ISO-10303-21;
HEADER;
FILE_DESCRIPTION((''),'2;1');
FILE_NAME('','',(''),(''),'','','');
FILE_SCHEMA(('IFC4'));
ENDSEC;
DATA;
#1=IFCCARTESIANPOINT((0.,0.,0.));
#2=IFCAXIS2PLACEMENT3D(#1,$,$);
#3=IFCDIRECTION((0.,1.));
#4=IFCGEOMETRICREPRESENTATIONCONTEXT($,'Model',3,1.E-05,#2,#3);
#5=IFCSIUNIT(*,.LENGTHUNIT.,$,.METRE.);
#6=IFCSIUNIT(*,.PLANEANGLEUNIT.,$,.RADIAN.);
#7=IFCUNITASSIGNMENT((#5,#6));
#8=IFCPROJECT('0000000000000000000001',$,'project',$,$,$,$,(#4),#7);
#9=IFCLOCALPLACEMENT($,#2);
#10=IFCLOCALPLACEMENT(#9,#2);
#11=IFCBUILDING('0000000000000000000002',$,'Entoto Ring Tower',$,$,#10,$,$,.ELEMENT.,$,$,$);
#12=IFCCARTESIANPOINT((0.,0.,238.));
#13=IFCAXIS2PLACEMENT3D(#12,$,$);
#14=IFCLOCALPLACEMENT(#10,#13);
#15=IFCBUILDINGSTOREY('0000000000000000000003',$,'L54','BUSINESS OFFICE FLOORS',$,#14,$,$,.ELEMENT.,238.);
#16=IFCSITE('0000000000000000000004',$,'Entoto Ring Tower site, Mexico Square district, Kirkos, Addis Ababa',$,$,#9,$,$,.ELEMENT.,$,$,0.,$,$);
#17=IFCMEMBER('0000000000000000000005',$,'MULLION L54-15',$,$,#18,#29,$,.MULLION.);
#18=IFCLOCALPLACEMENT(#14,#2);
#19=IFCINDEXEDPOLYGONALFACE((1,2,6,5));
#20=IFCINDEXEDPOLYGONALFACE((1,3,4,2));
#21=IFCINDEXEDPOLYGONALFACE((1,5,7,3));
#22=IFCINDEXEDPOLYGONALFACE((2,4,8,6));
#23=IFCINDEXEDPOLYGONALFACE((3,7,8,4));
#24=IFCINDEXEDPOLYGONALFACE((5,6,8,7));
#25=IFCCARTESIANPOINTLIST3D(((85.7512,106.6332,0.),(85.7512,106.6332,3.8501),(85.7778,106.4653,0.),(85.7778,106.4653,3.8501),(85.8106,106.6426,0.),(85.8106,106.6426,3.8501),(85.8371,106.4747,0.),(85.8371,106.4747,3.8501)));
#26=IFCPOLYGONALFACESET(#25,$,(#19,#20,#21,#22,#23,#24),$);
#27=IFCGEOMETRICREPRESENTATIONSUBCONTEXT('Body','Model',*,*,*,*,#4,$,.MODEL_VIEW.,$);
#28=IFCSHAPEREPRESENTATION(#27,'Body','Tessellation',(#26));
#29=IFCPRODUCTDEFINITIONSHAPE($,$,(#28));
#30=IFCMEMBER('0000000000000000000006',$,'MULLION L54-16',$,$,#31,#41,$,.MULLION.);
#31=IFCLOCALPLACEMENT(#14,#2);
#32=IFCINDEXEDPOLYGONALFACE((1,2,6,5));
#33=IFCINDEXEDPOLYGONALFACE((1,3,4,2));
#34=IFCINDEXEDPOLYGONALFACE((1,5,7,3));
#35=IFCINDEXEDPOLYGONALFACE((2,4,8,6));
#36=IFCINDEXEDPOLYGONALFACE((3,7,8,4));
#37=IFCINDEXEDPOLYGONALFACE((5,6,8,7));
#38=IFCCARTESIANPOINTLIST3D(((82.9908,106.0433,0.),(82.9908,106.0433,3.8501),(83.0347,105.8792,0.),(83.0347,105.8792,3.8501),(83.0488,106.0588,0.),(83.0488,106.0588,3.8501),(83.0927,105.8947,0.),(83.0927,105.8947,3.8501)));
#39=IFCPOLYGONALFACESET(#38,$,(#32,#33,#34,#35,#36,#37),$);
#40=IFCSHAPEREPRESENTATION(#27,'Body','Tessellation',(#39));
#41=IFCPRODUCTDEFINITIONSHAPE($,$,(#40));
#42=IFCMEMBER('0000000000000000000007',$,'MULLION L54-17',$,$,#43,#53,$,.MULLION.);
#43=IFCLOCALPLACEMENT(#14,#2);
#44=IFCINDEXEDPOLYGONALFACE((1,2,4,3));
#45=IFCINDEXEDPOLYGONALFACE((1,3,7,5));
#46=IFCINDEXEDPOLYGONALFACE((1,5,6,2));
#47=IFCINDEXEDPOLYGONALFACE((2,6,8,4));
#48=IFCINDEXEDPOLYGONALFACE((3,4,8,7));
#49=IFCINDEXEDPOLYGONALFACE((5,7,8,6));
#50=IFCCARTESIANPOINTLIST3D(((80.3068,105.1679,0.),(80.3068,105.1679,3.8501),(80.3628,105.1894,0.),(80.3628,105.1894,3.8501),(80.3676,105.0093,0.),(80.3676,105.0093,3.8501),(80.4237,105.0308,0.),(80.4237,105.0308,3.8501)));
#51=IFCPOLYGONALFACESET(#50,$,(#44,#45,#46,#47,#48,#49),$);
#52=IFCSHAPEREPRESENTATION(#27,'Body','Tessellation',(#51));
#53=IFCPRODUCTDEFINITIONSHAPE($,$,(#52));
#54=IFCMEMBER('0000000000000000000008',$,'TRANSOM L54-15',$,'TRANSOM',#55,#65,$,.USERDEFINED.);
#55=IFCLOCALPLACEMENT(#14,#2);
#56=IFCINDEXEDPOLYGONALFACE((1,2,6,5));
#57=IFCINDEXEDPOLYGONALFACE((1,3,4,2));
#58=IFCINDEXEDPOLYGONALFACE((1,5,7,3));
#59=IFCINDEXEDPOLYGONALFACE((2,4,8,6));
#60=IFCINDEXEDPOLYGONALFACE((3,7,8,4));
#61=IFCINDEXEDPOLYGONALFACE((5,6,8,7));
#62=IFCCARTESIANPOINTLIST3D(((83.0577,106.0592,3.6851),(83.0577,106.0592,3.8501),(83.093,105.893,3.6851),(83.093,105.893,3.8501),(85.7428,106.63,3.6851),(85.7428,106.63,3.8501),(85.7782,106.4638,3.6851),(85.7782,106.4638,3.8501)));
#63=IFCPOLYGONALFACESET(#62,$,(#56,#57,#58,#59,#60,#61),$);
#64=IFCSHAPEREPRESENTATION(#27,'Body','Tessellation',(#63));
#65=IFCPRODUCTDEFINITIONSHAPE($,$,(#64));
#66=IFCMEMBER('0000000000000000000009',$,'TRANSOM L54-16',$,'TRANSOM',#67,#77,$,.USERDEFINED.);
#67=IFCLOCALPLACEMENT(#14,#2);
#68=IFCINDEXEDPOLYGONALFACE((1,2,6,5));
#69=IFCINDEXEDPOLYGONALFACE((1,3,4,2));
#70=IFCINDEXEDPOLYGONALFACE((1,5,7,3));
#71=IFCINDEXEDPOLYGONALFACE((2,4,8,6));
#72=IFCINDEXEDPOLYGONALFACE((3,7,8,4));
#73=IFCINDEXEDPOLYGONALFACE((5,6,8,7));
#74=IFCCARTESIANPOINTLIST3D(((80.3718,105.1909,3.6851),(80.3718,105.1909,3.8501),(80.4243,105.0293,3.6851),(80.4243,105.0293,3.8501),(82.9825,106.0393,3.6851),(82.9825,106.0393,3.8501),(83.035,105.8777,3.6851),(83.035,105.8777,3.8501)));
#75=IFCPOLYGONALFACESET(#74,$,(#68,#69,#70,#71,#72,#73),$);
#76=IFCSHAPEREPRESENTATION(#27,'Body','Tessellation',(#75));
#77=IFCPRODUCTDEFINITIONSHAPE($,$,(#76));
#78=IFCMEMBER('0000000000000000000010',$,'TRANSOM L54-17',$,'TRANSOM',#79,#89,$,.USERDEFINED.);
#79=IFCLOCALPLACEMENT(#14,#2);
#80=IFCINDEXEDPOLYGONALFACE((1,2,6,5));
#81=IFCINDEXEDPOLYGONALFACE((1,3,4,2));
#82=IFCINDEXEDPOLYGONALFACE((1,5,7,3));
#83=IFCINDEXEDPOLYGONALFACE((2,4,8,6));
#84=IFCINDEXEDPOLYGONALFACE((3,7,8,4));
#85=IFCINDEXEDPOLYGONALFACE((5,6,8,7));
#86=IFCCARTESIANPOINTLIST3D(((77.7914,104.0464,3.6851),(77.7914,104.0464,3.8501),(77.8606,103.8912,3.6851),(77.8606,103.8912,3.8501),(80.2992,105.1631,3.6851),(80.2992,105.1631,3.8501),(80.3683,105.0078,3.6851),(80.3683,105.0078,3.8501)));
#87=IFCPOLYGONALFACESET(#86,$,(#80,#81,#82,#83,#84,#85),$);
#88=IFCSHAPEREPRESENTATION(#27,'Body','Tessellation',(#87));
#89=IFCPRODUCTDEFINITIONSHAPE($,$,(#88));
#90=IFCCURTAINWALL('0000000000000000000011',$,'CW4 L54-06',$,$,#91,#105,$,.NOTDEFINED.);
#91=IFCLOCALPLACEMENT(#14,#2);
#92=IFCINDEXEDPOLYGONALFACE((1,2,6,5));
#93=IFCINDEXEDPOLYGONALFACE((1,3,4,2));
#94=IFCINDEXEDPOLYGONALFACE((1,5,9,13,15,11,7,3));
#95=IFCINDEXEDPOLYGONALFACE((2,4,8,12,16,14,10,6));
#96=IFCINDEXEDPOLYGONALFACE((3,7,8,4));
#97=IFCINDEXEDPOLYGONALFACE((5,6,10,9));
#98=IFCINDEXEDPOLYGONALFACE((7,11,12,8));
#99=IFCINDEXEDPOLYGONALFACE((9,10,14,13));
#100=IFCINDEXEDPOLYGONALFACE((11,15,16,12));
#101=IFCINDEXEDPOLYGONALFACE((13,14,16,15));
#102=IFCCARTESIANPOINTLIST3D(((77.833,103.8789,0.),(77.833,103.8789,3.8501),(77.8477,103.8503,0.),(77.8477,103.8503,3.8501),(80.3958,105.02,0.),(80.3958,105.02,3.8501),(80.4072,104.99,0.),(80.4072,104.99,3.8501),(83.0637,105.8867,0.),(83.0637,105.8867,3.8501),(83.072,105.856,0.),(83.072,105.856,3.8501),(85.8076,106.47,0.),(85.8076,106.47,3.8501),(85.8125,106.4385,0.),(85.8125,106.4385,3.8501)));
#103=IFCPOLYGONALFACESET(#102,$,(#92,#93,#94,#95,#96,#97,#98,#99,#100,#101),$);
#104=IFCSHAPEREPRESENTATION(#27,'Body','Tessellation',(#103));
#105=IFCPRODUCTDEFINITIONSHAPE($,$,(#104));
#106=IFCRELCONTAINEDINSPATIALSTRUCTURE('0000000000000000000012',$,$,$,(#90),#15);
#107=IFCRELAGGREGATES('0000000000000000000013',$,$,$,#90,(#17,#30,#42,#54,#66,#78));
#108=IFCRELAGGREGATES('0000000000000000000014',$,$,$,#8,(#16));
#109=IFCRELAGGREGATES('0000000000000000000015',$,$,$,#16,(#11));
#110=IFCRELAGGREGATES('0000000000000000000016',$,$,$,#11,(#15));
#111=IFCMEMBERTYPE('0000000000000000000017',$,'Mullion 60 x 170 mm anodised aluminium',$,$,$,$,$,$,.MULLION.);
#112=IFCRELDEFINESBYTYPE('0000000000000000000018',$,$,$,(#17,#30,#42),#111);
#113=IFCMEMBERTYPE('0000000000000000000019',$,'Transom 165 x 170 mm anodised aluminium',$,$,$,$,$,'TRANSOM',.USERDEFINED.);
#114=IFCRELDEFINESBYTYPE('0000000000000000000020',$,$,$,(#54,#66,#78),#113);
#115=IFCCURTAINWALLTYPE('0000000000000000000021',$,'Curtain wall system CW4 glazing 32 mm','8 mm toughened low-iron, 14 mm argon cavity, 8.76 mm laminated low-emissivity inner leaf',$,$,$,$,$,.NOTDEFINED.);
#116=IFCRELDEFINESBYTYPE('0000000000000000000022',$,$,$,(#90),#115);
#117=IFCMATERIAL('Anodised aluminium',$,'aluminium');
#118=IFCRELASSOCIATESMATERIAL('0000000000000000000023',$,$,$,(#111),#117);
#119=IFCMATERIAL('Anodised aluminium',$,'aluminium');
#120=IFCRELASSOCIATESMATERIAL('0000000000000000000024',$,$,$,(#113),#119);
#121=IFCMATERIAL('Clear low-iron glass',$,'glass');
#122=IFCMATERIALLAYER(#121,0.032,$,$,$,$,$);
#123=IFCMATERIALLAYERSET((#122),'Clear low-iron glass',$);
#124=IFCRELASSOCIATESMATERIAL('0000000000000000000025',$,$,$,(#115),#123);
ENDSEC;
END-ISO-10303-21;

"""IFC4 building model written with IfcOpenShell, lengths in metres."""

from ifc_helpers import new_model, si_unit, direction, frame, origin, origin_2d, place, context, subcontext, project, spatial, polyline, rectangle, outline, extrude, material, layer, layer_set, material_profile, profile_set, type_object, element, aggregate, save


model = new_model("IFC4")

# Units and contexts
model_context = context("Model", 3, precision=1e-05, world=origin(), true_north=direction((0.0, 1.0)))
body_context = subcontext(model_context, "Body", "Model", "MODEL_VIEW")
ifc_project = project(units=[si_unit("LENGTHUNIT", "METRE"), si_unit("PLANEANGLEUNIT", "RADIAN")], contexts=[model_context])

# Members
ifc_material_1 = material(Name="Anodised aluminium", Category="aluminium")
ifc_material_profile_1 = material_profile(ifc_material_1, rectangle(XDim=0.0601, YDim=0.1699, at=origin_2d()), Name="Mullion 60 x 170 mm anodised aluminium")
ifc_profile_set_1 = profile_set([ifc_material_profile_1], Name="Anodised aluminium")
member_type_1 = type_object("IfcMemberType", Name="Mullion 60 x 170 mm anodised aluminium", PredefinedType="MULLION", material=ifc_profile_set_1)
site_placement = place(None, origin())
building_placement = place(site_placement, origin())
storey_placement = place(building_placement, frame((0.0, 0.0, 238.0)))
member_1_placement = place(storey_placement, frame((85.7942, 106.554, 0.0), z_axis=(0.0, 0.0, 1.0), x_axis=(-0.987688, -0.156434, 0.0)))
member_1 = element("IfcMember", 1, at=member_1_placement, type_object=member_type_1, Name="MULLION L54-15", PredefinedType="MULLION", context=body_context, shape_type="SweptSolid", body=[
    extrude(rectangle(XDim=0.0601, YDim=0.1699, at=origin_2d()), origin(), (0.0, 0.0, 1.0), 3.8501),
])
member_2_placement = place(storey_placement, frame((83.0417, 105.969, 0.0), z_axis=(0.0, 0.0, 1.0), x_axis=(-0.965926, -0.258819, 0.0)))
member_2 = element("IfcMember", 2, at=member_2_placement, type_object=member_type_1, Name="MULLION L54-16", PredefinedType="MULLION", context=body_context, shape_type="SweptSolid", body=[
    extrude(rectangle(XDim=0.0601, YDim=0.1699, at=origin_2d()), origin(), (0.0, 0.0, 1.0), 3.8501),
])
member_3_placement = place(storey_placement, frame((80.3652, 105.0994, 0.0), z_axis=(0.0, 0.0, 1.0), x_axis=(-0.93358, -0.358368, 0.0)))
member_3 = element("IfcMember", 3, at=member_3_placement, type_object=member_type_1, Name="MULLION L54-17", PredefinedType="MULLION", context=body_context, shape_type="SweptSolid", body=[
    extrude(rectangle(XDim=0.0601, YDim=0.1699, at=origin_2d()), origin(), (0.0, 0.0, 1.0), 3.8501),
])
ifc_material_2 = material(Name="Anodised aluminium", Category="aluminium")
ifc_material_profile_2 = material_profile(ifc_material_2, rectangle(XDim=0.1699, YDim=0.165, at=origin_2d()), Name="Transom 165 x 170 mm anodised aluminium")
ifc_profile_set_2 = profile_set([ifc_material_profile_2], Name="Anodised aluminium")
member_type_2 = type_object("IfcMemberType", Name="Transom 165 x 170 mm anodised aluminium", ElementType="TRANSOM", PredefinedType="USERDEFINED", material=ifc_profile_set_2)
member_4_placement = place(storey_placement, frame((85.7605, 106.5469, 3.7676), z_axis=(-0.978142, -0.207937, 0.0), x_axis=(0.207937, -0.978142, 0.0)))
member_4 = element("IfcMember", 4, at=member_4_placement, type_object=member_type_2, Name="TRANSOM L54-15", ObjectType="TRANSOM", PredefinedType="USERDEFINED", context=body_context, shape_type="SweptSolid", body=[
    extrude(rectangle(XDim=0.1699, YDim=0.165, at=origin_2d()), origin(), (0.0, 0.0, 1.0), 2.7451),
])
member_5_placement = place(storey_placement, frame((83.0088, 105.9585, 3.7676), z_axis=(-0.951048, -0.309042, 0.0), x_axis=(0.309042, -0.951048, 0.0)))
member_5 = element("IfcMember", 5, at=member_5_placement, type_object=member_type_2, Name="TRANSOM L54-16", ObjectType="TRANSOM", PredefinedType="USERDEFINED", context=body_context, shape_type="SweptSolid", body=[
    extrude(rectangle(XDim=0.1699, YDim=0.165, at=origin_2d()), origin(), (0.0, 0.0, 1.0), 2.7451),
])
member_6_placement = place(storey_placement, frame((80.3337, 105.0854, 3.7676), z_axis=(-0.913525, -0.406782, 0.0), x_axis=(0.406782, -0.913525, 0.0)))
member_6 = element("IfcMember", 6, at=member_6_placement, type_object=member_type_2, Name="TRANSOM L54-17", ObjectType="TRANSOM", PredefinedType="USERDEFINED", context=body_context, shape_type="SweptSolid", body=[
    extrude(rectangle(XDim=0.1699, YDim=0.165, at=origin_2d()), origin(), (0.0, 0.0, 1.0), 2.7451),
])

# Site, building, storey
site = spatial("IfcSite", under=ifc_project, at=site_placement, Name="Entoto Ring Tower site, Mexico Square district, Kirkos, Addis Ababa", CompositionType="ELEMENT", RefElevation=0.0)
building = spatial("IfcBuilding", under=site, at=building_placement, Name="Entoto Ring Tower", CompositionType="ELEMENT")
storey = spatial("IfcBuildingStorey", under=building, at=storey_placement, Name="L54", Description="BUSINESS OFFICE FLOORS", CompositionType="ELEMENT", Elevation=238.0)

# Curtain wall
ifc_material_3 = material(Name="Clear low-iron glass", Category="glass")
ifc_layer = layer(ifc_material_3, 0.032)
ifc_layer_set = layer_set([ifc_layer], Name="Clear low-iron glass")
curtain_wall_type = type_object("IfcCurtainWallType", Name="Curtain wall system CW4 glazing 32 mm", Description="8 mm toughened low-iron, 14 mm argon cavity, 8.76 mm laminated low-emissivity inner leaf", PredefinedType="NOTDEFINED", material=ifc_layer_set)
curtain_wall_1_placement = place(storey_placement, origin())
curtain_wall_1 = element("IfcCurtainWall", 7, at=curtain_wall_1_placement, inside=storey, type_object=curtain_wall_type, Name="CW4 L54-06", PredefinedType="NOTDEFINED", context=body_context, shape_type="SweptSolid", body=[
    extrude(outline(polyline([(85.8076, 106.47), (83.0637, 105.8867), (80.3958, 105.02), (77.833, 103.8789), (77.8477, 103.8503), (80.4072, 104.99), (83.072, 105.856), (85.8125, 106.4385), (85.8076, 106.47)])), origin(), (0.0, 0.0, 1.0), 3.8501),
])
aggregate(curtain_wall_1, [member_1, member_2, member_3, member_4, member_5, member_6])

save(model, "model.ifc")
